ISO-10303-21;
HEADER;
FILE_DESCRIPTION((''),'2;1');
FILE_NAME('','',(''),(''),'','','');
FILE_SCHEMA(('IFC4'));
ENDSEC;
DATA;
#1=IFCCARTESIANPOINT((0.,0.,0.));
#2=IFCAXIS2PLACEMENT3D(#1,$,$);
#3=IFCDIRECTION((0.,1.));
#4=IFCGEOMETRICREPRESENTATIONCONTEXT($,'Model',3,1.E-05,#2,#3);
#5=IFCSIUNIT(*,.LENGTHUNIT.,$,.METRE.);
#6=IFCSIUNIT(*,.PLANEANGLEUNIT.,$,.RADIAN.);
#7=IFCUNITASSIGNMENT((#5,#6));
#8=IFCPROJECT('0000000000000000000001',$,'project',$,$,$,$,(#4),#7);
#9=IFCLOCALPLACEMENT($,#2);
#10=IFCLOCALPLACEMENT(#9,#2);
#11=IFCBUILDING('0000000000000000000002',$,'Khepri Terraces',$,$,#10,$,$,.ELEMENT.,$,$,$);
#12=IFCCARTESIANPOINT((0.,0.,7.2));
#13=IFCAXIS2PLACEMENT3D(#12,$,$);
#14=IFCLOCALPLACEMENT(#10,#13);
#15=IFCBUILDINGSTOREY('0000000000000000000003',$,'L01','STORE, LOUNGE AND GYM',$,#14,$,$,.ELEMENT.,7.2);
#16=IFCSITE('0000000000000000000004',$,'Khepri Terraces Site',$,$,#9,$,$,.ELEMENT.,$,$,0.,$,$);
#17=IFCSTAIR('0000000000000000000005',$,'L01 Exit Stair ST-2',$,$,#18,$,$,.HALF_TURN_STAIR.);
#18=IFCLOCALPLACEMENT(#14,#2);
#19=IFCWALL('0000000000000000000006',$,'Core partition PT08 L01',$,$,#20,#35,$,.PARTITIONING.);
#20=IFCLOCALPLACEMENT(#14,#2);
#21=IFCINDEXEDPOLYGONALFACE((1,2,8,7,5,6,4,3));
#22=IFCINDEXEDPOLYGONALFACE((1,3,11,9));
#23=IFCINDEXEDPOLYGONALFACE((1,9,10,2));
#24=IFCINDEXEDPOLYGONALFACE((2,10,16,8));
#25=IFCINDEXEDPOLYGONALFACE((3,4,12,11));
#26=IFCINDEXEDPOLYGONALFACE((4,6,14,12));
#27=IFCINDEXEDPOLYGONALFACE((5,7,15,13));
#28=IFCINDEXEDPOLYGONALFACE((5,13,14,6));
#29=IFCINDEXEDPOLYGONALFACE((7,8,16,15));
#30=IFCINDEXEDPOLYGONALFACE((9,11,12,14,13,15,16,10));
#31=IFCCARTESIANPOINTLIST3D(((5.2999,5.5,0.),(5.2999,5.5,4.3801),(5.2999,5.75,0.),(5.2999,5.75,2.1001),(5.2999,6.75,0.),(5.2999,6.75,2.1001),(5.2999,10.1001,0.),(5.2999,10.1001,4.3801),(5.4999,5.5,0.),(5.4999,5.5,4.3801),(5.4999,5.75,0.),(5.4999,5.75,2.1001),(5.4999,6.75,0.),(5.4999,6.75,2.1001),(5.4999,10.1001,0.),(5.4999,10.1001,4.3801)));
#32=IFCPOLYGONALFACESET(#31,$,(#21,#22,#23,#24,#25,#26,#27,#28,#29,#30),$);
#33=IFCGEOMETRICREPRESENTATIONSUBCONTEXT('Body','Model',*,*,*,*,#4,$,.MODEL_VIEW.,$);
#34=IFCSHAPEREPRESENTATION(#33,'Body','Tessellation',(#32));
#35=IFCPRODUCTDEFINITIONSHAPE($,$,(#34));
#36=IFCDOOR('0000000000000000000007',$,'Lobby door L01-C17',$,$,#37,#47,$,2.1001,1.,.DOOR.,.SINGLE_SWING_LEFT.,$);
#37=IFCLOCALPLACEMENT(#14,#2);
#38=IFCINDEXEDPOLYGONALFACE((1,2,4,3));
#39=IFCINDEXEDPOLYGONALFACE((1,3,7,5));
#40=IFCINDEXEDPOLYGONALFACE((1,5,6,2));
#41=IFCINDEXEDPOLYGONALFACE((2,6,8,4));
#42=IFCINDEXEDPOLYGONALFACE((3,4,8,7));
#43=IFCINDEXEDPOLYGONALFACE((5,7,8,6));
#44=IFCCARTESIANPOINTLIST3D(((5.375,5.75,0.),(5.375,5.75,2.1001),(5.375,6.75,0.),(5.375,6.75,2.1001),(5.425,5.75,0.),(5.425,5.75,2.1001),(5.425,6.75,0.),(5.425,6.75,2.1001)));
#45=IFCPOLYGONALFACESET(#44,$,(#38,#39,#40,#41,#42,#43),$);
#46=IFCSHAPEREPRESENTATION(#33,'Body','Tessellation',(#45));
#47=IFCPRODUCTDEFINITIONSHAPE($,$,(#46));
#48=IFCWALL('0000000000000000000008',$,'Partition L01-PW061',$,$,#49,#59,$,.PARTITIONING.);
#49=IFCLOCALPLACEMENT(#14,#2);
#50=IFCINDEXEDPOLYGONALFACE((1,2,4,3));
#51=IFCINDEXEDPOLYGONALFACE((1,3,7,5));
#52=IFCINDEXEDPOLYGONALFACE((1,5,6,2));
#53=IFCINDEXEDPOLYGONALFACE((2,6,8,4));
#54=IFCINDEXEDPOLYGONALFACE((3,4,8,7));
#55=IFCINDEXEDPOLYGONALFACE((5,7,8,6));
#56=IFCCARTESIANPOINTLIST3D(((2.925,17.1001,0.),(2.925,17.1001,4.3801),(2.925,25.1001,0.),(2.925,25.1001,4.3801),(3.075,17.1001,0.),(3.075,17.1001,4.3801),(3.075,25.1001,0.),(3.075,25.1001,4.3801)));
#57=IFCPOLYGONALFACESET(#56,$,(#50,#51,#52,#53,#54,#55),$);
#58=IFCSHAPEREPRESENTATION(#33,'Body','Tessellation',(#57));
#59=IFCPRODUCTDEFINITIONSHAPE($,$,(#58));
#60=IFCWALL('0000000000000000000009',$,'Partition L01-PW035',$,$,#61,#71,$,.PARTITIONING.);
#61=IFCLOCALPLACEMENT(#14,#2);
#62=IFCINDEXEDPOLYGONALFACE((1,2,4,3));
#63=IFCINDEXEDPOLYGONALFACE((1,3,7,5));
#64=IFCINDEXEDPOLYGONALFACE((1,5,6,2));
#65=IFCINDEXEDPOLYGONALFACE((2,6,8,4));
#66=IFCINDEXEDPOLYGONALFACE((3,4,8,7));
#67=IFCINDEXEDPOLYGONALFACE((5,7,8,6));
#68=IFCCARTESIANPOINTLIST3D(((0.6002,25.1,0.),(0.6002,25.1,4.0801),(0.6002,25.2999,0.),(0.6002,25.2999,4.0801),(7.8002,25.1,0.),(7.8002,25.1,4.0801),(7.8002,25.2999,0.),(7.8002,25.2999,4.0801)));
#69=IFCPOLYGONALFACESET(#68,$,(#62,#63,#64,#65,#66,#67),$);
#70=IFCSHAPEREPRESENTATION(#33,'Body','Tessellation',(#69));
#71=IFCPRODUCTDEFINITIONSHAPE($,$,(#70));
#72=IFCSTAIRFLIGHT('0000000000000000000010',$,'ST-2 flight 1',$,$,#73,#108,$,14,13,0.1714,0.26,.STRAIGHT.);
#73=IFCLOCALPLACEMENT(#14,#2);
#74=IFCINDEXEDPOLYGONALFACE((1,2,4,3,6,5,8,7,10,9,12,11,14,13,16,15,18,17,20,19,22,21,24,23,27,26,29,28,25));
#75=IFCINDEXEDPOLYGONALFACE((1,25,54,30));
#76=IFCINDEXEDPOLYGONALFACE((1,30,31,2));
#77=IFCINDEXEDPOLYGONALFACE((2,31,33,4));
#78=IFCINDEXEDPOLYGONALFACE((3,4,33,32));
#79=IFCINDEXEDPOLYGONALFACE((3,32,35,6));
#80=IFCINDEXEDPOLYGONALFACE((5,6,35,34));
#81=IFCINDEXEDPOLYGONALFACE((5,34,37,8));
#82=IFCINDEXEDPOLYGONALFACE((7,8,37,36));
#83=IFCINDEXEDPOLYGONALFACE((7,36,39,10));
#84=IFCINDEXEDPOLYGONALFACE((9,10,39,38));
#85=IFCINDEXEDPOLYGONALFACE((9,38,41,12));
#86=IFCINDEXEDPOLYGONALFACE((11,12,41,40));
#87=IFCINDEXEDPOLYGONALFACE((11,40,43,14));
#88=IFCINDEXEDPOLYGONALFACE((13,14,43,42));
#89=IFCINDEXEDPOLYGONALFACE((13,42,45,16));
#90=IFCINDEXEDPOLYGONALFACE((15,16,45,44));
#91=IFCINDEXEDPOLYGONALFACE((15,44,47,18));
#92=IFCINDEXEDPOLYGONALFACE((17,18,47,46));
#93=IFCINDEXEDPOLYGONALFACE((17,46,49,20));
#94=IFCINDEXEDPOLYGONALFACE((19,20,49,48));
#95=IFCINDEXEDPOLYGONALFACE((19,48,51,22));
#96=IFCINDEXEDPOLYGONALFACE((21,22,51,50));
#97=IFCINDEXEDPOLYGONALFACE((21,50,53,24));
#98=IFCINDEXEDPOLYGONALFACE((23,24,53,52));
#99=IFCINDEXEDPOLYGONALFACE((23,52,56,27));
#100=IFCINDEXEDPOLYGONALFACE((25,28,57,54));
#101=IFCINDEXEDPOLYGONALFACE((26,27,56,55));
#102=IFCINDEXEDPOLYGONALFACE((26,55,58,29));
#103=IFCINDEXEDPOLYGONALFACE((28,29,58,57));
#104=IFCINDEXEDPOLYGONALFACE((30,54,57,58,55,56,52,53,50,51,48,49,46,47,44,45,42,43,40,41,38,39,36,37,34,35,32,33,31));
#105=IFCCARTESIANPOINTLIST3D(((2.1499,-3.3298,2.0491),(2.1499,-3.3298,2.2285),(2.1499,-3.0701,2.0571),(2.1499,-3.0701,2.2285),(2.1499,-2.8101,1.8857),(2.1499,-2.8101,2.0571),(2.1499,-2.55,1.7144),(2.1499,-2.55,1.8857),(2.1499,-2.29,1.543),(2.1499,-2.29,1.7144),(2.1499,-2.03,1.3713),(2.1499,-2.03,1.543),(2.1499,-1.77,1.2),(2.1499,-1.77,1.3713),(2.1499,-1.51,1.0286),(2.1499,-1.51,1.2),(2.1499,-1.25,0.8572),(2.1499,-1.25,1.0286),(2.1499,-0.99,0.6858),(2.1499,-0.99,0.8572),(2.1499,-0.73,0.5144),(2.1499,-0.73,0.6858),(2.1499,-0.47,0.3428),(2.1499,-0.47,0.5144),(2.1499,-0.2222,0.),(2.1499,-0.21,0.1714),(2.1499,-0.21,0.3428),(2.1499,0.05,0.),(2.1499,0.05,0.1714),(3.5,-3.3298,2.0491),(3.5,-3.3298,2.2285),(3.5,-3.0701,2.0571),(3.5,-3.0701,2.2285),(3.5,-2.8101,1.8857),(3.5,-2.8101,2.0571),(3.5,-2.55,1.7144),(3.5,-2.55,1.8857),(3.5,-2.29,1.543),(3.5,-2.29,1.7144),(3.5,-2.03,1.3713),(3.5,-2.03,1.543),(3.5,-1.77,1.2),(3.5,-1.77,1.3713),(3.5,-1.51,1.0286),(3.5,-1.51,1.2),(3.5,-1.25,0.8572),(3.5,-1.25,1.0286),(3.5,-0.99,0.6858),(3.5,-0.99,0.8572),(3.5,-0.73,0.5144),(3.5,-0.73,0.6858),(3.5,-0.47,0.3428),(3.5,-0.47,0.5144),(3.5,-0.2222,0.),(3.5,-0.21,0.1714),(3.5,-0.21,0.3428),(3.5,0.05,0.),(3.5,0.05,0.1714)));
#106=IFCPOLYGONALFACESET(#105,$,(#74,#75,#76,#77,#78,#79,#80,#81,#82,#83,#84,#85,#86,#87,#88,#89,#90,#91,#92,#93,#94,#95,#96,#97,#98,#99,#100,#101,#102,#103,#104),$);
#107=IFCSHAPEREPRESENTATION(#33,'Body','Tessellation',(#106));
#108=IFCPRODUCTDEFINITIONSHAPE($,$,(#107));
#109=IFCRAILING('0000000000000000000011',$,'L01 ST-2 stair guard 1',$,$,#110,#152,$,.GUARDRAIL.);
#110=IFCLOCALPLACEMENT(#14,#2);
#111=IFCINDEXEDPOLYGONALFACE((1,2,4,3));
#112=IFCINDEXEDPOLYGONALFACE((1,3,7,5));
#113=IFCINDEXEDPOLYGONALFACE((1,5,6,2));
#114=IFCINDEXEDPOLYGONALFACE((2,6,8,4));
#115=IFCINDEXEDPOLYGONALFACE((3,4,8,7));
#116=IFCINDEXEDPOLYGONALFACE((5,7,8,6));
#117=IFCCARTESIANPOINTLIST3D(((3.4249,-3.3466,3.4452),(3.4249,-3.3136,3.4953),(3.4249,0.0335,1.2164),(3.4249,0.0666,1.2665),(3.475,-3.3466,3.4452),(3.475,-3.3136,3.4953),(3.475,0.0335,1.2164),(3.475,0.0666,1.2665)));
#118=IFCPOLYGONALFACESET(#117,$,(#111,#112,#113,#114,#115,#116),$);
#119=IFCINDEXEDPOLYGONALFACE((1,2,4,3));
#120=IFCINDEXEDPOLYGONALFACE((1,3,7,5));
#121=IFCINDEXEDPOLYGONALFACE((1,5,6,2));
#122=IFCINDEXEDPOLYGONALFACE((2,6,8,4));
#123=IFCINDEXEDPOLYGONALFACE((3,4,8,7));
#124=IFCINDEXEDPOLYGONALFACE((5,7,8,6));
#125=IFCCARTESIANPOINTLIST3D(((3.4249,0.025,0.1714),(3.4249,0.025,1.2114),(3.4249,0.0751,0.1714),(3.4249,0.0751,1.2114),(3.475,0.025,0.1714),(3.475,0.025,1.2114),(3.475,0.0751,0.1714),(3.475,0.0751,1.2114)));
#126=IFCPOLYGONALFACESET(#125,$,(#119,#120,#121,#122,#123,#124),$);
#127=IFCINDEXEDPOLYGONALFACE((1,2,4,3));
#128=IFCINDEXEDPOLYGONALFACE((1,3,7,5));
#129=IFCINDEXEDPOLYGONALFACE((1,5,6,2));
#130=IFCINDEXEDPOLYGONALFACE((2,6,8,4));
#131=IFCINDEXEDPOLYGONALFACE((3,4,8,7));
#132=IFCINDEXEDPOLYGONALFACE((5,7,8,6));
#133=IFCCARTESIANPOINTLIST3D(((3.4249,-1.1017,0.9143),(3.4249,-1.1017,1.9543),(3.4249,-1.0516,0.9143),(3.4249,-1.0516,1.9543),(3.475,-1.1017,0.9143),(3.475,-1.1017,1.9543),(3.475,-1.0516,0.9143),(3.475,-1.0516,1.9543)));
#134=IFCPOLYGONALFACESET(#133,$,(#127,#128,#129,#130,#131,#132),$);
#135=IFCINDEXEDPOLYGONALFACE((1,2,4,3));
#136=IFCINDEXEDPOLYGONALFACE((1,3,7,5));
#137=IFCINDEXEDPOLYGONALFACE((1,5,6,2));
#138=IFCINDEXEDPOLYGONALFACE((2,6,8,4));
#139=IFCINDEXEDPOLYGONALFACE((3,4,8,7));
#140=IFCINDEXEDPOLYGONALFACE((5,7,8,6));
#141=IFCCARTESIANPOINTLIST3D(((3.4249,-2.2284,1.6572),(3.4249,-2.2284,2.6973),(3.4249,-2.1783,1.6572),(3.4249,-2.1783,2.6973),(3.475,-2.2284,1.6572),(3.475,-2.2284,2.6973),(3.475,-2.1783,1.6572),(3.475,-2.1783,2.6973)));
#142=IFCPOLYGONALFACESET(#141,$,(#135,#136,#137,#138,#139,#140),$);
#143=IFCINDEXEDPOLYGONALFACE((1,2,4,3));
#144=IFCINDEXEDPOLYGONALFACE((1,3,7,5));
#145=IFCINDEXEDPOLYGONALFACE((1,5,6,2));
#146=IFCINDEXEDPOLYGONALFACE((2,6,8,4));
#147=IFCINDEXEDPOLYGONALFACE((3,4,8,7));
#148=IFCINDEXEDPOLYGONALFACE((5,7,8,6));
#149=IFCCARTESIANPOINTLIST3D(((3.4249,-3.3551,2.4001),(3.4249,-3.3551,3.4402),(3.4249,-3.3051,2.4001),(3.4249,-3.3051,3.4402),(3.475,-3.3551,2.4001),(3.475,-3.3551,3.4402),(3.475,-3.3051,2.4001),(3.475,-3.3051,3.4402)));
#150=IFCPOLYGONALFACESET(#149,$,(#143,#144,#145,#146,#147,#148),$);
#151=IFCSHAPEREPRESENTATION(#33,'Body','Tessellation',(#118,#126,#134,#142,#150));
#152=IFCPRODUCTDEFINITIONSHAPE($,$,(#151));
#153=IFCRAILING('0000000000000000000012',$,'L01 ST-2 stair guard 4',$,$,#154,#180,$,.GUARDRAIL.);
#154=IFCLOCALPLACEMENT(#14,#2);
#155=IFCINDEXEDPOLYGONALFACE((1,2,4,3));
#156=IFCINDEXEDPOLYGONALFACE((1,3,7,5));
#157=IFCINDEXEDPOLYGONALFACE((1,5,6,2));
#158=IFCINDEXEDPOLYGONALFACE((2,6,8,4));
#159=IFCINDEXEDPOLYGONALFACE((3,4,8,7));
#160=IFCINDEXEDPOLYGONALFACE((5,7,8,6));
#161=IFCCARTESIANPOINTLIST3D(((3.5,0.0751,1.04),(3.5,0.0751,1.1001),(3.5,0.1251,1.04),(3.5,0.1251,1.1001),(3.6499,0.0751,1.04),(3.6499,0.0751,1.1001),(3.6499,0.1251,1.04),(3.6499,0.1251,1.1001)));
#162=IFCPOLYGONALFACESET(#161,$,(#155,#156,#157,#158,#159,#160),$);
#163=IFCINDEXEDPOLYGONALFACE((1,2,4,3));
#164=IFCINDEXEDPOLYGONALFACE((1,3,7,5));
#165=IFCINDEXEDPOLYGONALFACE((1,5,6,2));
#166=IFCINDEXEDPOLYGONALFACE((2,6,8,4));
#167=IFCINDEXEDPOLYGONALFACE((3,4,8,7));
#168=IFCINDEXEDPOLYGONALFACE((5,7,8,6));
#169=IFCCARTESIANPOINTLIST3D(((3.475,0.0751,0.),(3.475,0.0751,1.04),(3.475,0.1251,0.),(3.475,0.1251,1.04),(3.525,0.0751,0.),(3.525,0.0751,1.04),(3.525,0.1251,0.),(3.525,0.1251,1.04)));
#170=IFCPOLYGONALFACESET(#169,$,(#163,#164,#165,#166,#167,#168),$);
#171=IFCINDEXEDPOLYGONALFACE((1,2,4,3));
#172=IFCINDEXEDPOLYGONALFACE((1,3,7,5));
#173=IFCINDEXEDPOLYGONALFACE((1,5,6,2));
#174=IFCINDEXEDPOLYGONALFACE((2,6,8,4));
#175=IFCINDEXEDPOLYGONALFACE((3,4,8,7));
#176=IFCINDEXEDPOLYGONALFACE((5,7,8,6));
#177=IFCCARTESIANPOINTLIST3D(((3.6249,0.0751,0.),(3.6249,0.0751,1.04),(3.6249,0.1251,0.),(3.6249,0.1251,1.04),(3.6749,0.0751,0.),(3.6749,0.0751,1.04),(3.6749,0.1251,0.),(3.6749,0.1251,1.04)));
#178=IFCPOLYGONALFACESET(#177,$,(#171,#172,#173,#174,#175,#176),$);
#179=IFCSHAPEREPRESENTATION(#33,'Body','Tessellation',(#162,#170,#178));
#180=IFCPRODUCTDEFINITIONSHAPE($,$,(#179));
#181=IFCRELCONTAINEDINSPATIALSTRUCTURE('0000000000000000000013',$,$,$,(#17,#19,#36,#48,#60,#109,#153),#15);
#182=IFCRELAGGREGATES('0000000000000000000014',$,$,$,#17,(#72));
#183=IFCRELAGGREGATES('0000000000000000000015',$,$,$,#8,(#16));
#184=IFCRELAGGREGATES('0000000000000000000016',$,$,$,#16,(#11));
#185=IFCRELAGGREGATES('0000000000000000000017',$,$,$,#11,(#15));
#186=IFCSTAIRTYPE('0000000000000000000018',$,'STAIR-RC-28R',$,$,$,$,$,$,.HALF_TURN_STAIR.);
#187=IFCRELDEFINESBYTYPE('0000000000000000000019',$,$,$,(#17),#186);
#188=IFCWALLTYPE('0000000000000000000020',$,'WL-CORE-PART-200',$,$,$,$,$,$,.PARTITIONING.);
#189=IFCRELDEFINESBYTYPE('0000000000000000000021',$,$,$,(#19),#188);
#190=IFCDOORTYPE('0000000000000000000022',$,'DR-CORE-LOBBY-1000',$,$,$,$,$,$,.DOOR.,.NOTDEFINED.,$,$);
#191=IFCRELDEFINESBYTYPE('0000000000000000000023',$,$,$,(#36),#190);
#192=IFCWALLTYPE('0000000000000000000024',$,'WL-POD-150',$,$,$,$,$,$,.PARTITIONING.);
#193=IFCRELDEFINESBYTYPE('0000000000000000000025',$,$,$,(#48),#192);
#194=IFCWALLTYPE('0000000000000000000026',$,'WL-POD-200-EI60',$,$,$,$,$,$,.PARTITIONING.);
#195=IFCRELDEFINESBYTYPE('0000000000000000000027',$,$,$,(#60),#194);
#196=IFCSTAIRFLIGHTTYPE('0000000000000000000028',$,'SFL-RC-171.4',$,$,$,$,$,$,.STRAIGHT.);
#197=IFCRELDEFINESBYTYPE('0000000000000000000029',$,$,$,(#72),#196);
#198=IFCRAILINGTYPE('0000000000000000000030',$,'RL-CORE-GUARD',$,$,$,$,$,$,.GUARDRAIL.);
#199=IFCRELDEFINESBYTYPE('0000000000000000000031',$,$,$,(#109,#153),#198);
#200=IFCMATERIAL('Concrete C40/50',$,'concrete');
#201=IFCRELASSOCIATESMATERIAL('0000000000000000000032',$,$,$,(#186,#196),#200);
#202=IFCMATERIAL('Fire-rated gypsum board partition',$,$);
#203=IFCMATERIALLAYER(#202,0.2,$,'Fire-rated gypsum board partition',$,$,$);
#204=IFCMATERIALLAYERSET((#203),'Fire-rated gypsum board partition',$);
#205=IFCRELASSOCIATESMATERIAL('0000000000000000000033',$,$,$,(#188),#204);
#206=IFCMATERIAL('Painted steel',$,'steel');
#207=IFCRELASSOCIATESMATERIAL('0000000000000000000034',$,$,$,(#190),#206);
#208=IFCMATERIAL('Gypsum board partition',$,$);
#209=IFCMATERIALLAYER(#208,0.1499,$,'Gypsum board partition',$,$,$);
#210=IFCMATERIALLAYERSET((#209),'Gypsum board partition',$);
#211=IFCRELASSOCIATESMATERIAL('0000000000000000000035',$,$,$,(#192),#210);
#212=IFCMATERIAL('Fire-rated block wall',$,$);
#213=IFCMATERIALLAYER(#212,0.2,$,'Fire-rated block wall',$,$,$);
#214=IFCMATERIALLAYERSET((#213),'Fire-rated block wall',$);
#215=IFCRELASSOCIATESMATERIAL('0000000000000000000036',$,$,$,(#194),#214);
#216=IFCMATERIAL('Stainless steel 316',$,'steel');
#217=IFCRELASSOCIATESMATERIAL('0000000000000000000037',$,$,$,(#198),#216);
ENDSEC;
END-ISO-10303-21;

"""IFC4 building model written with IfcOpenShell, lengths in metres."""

from ifc_helpers import new_model, si_unit, direction, frame, frame_2d, origin, origin_2d, place, context, subcontext, project, spatial, polyline, rectangle, outline, extrude, material, layer, layer_set, type_object, element, fill, aggregate, save


model = new_model("IFC4")

# Units and contexts
model_context = context("Model", 3, precision=1e-05, world=origin(), true_north=direction((0.0, 1.0)))
body_context = subcontext(model_context, "Body", "Model", "MODEL_VIEW")
ifc_project = project(units=[si_unit("LENGTHUNIT", "METRE"), si_unit("PLANEANGLEUNIT", "RADIAN")], contexts=[model_context])

# Site, building, storey
site_placement = place(None, origin())
site = spatial("IfcSite", under=ifc_project, at=site_placement, Name="Khepri Terraces Site", CompositionType="ELEMENT", RefElevation=0.0)
building_placement = place(site_placement, origin())
building = spatial("IfcBuilding", under=site, at=building_placement, Name="Khepri Terraces", CompositionType="ELEMENT")
storey_placement = place(building_placement, frame((0.0, 0.0, 7.2)))
storey = spatial("IfcBuildingStorey", under=building, at=storey_placement, Name="L01", Description="STORE, LOUNGE AND GYM", CompositionType="ELEMENT", Elevation=7.2)

# Shared definitions
ifc_material_1 = material(Name="Concrete C40/50", Category="concrete")

# Stair
stair_type_1 = type_object("IfcStairType", Name="STAIR-RC-28R", PredefinedType="HALF_TURN_STAIR", material=ifc_material_1)
stair_1_placement = place(storey_placement, origin())
stair_1 = element("IfcStair", 1, at=stair_1_placement, inside=storey, type_object=stair_type_1, Name="L01 Exit Stair ST-2", PredefinedType="HALF_TURN_STAIR")

# Shared definitions
ifc_material_2 = material(Name="Painted steel", Category="steel")

# Wall, opening, door
ifc_material_3 = material(Name="Fire-rated gypsum board partition")
ifc_layer_1 = layer(ifc_material_3, 0.2, Name="Fire-rated gypsum board partition")
ifc_layer_set_1 = layer_set([ifc_layer_1], Name="Fire-rated gypsum board partition")
wall_type_1 = type_object("IfcWallType", Name="WL-CORE-PART-200", PredefinedType="PARTITIONING", material=ifc_layer_set_1)
wall_1_placement = place(storey_placement, frame((5.3999, 5.5, 0.0), z_axis=(0.0, 0.0, 1.0), x_axis=(0.0, 1.0, 0.0)))
wall_1 = element("IfcWall", 2, at=wall_1_placement, inside=storey, type_object=wall_type_1, Name="Core partition PT08 L01", PredefinedType="PARTITIONING", context=body_context, shape_type="SweptSolid", body=[
    extrude(rectangle(XDim=4.6001, YDim=0.2, at=frame_2d((2.3, 0.0))), origin(), (0.0, 0.0, 1.0), 4.3801),
])
opening_1_placement = place(wall_1_placement, frame((0.25, 0.0, 0.0)))
opening_1 = element("IfcOpeningElement", 3, at=opening_1_placement, cuts=wall_1, PredefinedType="OPENING", context=body_context, shape_type="SweptSolid", body=[
    extrude(rectangle(XDim=1.0, YDim=2.1001, at=frame_2d((0.5, 1.05))), frame((0.0, 0.1099, 0.0), z_axis=(0.0, -1.0, 0.0), x_axis=(1.0, 0.0, 0.0)), (0.0, 0.0, 1.0), 0.22),
])
door_type_1 = type_object("IfcDoorType", Name="DR-CORE-LOBBY-1000", OperationType="NOTDEFINED", PredefinedType="DOOR", material=ifc_material_2)
door_1_placement = place(opening_1_placement, origin())
door_1 = element("IfcDoor", 4, at=door_1_placement, inside=storey, type_object=door_type_1, Name="Lobby door L01-C17", OperationType="SINGLE_SWING_LEFT", OverallHeight=2.1001, OverallWidth=1.0, PredefinedType="DOOR", context=body_context, shape_type="SweptSolid", body=[
    extrude(rectangle(XDim=1.0, YDim=2.1001, at=frame_2d((0.5, 1.05))), frame((0.0, 0.0249, 0.0), z_axis=(0.0, -1.0, 0.0), x_axis=(1.0, 0.0, 0.0)), (0.0, 0.0, 1.0), 0.05),
])
fill(opening_1, door_1)

# Walls
ifc_material_4 = material(Name="Gypsum board partition")
ifc_layer_2 = layer(ifc_material_4, 0.1499, Name="Gypsum board partition")
ifc_layer_set_2 = layer_set([ifc_layer_2], Name="Gypsum board partition")
wall_type_2 = type_object("IfcWallType", Name="WL-POD-150", PredefinedType="PARTITIONING", material=ifc_layer_set_2)
wall_2_placement = place(storey_placement, frame((3.0, 17.1001, 0.0), z_axis=(0.0, 0.0, 1.0), x_axis=(0.0, 1.0, 0.0)))
element("IfcWall", 5, at=wall_2_placement, inside=storey, type_object=wall_type_2, Name="Partition L01-PW061", PredefinedType="PARTITIONING", context=body_context, shape_type="SweptSolid", body=[
    extrude(rectangle(XDim=8.0, YDim=0.1499, at=frame_2d((4.0, 0.0))), origin(), (0.0, 0.0, 1.0), 4.3801),
])
ifc_material_5 = material(Name="Fire-rated block wall")
ifc_layer_3 = layer(ifc_material_5, 0.2, Name="Fire-rated block wall")
ifc_layer_set_3 = layer_set([ifc_layer_3], Name="Fire-rated block wall")
wall_type_3 = type_object("IfcWallType", Name="WL-POD-200-EI60", PredefinedType="PARTITIONING", material=ifc_layer_set_3)
wall_3_placement = place(storey_placement, frame((0.6001, 25.2, 0.0), z_axis=(0.0, 0.0, 1.0), x_axis=(1.0, 0.0, 0.0)))
element("IfcWall", 6, at=wall_3_placement, inside=storey, type_object=wall_type_3, Name="Partition L01-PW035", PredefinedType="PARTITIONING", context=body_context, shape_type="SweptSolid", body=[
    extrude(rectangle(XDim=7.2, YDim=0.2, at=frame_2d((3.6001, 0.0))), origin(), (0.0, 0.0, 1.0), 4.0801),
])

# Stair flight
stair_flight_type = type_object("IfcStairFlightType", Name="SFL-RC-171.4", PredefinedType="STRAIGHT", material=ifc_material_1)
stair_flight_placement = place(storey_placement, frame((2.825, 0.05, 0.0), z_axis=(0.0, 0.0, 1.0), x_axis=(0.0, -1.0, 0.0)))
stair_flight = element("IfcStairFlight", 7, at=stair_flight_placement, type_object=stair_flight_type, Name="ST-2 flight 1", NumberOfRisers=14, NumberOfTreads=13, PredefinedType="STRAIGHT", RiserHeight=0.1714, TreadLength=0.26, context=body_context, shape_type="SweptSolid", body=[
    extrude(outline(polyline([(0.0, 0.0), (0.0, 0.1714), (0.26, 0.1714), (0.26, 0.3428), (0.52, 0.3428), (0.52, 0.5144), (0.78, 0.5144), (0.78, 0.6858), (1.04, 0.6858), (1.04, 0.8572), (1.3, 0.8572), (1.3, 1.0286), (1.5601, 1.0286), (1.5601, 1.2), (1.8201, 1.2), (1.8201, 1.3713), (2.0801, 1.3713), (2.0801, 1.543), (2.3401, 1.543), (2.3401, 1.7144), (2.6001, 1.7144), (2.6001, 1.8857), (2.8601, 1.8857), (2.8601, 2.0571), (3.1201, 2.0571), (3.1201, 2.2285), (3.3799, 2.2285), (3.3799, 2.3999), (3.3799, 2.0491), (0.2722, 0.0), (0.0, 0.0)])), frame((0.0, 0.675, 0.0), z_axis=(0.0, -1.0, 0.0), x_axis=(1.0, 0.0, 0.0)), (0.0, 0.0, 1.0), 1.3501),
])
aggregate(stair_1, [stair_flight])

# Railings
ifc_material_6 = material(Name="Stainless steel 316", Category="steel")
railing_type_1 = type_object("IfcRailingType", Name="RL-CORE-GUARD", PredefinedType="GUARDRAIL", material=ifc_material_6)
railing_1_placement = place(storey_placement, frame((3.45, 0.05, 0.1714)))
element("IfcRailing", 8, at=railing_1_placement, inside=storey, type_object=railing_type_1, Name="L01 ST-2 stair guard 1", PredefinedType="GUARDRAIL", context=body_context, shape_type="SweptSolid", body=[
    extrude(rectangle(XDim=0.05, YDim=0.0601, at=origin_2d()), frame((0.0, 0.0, 1.0701), z_axis=(0.0, -0.834851, 0.550477), x_axis=(1.0, 0.0, 0.0)), (0.0, 0.0, 1.0), 4.0488),
    extrude(rectangle(XDim=0.05, YDim=0.05, at=origin_2d()), origin(), (0.0, 0.0, 1.0), 1.04),
    extrude(rectangle(XDim=0.05, YDim=0.05, at=origin_2d()), frame((0.0, -1.1267, 0.7429)), (0.0, 0.0, 1.0), 1.04),
    extrude(rectangle(XDim=0.05, YDim=0.05, at=origin_2d()), frame((0.0, -2.2534, 1.4858)), (0.0, 0.0, 1.0), 1.04),
    extrude(rectangle(XDim=0.05, YDim=0.05, at=origin_2d()), frame((0.0, -3.3801, 2.2288)), (0.0, 0.0, 1.0), 1.04),
])
railing_2_placement = place(storey_placement, frame((3.5, 0.1001, 0.0)))
element("IfcRailing", 9, at=railing_2_placement, inside=storey, type_object=railing_type_1, Name="L01 ST-2 stair guard 4", PredefinedType="GUARDRAIL", context=body_context, shape_type="SweptSolid", body=[
    extrude(rectangle(XDim=0.05, YDim=0.0601, at=origin_2d()), frame((0.0, 0.0, 1.0701), z_axis=(1.0, 0.0, 0.0), x_axis=(0.0, 1.0, 0.0)), (0.0, 0.0, 1.0), 0.1499),
    extrude(rectangle(XDim=0.05, YDim=0.05, at=origin_2d()), origin(), (0.0, 0.0, 1.0), 1.04),
    extrude(rectangle(XDim=0.05, YDim=0.05, at=origin_2d()), frame((0.1499, 0.0, 0.0)), (0.0, 0.0, 1.0), 1.04),
])

save(model, "model.ifc")
